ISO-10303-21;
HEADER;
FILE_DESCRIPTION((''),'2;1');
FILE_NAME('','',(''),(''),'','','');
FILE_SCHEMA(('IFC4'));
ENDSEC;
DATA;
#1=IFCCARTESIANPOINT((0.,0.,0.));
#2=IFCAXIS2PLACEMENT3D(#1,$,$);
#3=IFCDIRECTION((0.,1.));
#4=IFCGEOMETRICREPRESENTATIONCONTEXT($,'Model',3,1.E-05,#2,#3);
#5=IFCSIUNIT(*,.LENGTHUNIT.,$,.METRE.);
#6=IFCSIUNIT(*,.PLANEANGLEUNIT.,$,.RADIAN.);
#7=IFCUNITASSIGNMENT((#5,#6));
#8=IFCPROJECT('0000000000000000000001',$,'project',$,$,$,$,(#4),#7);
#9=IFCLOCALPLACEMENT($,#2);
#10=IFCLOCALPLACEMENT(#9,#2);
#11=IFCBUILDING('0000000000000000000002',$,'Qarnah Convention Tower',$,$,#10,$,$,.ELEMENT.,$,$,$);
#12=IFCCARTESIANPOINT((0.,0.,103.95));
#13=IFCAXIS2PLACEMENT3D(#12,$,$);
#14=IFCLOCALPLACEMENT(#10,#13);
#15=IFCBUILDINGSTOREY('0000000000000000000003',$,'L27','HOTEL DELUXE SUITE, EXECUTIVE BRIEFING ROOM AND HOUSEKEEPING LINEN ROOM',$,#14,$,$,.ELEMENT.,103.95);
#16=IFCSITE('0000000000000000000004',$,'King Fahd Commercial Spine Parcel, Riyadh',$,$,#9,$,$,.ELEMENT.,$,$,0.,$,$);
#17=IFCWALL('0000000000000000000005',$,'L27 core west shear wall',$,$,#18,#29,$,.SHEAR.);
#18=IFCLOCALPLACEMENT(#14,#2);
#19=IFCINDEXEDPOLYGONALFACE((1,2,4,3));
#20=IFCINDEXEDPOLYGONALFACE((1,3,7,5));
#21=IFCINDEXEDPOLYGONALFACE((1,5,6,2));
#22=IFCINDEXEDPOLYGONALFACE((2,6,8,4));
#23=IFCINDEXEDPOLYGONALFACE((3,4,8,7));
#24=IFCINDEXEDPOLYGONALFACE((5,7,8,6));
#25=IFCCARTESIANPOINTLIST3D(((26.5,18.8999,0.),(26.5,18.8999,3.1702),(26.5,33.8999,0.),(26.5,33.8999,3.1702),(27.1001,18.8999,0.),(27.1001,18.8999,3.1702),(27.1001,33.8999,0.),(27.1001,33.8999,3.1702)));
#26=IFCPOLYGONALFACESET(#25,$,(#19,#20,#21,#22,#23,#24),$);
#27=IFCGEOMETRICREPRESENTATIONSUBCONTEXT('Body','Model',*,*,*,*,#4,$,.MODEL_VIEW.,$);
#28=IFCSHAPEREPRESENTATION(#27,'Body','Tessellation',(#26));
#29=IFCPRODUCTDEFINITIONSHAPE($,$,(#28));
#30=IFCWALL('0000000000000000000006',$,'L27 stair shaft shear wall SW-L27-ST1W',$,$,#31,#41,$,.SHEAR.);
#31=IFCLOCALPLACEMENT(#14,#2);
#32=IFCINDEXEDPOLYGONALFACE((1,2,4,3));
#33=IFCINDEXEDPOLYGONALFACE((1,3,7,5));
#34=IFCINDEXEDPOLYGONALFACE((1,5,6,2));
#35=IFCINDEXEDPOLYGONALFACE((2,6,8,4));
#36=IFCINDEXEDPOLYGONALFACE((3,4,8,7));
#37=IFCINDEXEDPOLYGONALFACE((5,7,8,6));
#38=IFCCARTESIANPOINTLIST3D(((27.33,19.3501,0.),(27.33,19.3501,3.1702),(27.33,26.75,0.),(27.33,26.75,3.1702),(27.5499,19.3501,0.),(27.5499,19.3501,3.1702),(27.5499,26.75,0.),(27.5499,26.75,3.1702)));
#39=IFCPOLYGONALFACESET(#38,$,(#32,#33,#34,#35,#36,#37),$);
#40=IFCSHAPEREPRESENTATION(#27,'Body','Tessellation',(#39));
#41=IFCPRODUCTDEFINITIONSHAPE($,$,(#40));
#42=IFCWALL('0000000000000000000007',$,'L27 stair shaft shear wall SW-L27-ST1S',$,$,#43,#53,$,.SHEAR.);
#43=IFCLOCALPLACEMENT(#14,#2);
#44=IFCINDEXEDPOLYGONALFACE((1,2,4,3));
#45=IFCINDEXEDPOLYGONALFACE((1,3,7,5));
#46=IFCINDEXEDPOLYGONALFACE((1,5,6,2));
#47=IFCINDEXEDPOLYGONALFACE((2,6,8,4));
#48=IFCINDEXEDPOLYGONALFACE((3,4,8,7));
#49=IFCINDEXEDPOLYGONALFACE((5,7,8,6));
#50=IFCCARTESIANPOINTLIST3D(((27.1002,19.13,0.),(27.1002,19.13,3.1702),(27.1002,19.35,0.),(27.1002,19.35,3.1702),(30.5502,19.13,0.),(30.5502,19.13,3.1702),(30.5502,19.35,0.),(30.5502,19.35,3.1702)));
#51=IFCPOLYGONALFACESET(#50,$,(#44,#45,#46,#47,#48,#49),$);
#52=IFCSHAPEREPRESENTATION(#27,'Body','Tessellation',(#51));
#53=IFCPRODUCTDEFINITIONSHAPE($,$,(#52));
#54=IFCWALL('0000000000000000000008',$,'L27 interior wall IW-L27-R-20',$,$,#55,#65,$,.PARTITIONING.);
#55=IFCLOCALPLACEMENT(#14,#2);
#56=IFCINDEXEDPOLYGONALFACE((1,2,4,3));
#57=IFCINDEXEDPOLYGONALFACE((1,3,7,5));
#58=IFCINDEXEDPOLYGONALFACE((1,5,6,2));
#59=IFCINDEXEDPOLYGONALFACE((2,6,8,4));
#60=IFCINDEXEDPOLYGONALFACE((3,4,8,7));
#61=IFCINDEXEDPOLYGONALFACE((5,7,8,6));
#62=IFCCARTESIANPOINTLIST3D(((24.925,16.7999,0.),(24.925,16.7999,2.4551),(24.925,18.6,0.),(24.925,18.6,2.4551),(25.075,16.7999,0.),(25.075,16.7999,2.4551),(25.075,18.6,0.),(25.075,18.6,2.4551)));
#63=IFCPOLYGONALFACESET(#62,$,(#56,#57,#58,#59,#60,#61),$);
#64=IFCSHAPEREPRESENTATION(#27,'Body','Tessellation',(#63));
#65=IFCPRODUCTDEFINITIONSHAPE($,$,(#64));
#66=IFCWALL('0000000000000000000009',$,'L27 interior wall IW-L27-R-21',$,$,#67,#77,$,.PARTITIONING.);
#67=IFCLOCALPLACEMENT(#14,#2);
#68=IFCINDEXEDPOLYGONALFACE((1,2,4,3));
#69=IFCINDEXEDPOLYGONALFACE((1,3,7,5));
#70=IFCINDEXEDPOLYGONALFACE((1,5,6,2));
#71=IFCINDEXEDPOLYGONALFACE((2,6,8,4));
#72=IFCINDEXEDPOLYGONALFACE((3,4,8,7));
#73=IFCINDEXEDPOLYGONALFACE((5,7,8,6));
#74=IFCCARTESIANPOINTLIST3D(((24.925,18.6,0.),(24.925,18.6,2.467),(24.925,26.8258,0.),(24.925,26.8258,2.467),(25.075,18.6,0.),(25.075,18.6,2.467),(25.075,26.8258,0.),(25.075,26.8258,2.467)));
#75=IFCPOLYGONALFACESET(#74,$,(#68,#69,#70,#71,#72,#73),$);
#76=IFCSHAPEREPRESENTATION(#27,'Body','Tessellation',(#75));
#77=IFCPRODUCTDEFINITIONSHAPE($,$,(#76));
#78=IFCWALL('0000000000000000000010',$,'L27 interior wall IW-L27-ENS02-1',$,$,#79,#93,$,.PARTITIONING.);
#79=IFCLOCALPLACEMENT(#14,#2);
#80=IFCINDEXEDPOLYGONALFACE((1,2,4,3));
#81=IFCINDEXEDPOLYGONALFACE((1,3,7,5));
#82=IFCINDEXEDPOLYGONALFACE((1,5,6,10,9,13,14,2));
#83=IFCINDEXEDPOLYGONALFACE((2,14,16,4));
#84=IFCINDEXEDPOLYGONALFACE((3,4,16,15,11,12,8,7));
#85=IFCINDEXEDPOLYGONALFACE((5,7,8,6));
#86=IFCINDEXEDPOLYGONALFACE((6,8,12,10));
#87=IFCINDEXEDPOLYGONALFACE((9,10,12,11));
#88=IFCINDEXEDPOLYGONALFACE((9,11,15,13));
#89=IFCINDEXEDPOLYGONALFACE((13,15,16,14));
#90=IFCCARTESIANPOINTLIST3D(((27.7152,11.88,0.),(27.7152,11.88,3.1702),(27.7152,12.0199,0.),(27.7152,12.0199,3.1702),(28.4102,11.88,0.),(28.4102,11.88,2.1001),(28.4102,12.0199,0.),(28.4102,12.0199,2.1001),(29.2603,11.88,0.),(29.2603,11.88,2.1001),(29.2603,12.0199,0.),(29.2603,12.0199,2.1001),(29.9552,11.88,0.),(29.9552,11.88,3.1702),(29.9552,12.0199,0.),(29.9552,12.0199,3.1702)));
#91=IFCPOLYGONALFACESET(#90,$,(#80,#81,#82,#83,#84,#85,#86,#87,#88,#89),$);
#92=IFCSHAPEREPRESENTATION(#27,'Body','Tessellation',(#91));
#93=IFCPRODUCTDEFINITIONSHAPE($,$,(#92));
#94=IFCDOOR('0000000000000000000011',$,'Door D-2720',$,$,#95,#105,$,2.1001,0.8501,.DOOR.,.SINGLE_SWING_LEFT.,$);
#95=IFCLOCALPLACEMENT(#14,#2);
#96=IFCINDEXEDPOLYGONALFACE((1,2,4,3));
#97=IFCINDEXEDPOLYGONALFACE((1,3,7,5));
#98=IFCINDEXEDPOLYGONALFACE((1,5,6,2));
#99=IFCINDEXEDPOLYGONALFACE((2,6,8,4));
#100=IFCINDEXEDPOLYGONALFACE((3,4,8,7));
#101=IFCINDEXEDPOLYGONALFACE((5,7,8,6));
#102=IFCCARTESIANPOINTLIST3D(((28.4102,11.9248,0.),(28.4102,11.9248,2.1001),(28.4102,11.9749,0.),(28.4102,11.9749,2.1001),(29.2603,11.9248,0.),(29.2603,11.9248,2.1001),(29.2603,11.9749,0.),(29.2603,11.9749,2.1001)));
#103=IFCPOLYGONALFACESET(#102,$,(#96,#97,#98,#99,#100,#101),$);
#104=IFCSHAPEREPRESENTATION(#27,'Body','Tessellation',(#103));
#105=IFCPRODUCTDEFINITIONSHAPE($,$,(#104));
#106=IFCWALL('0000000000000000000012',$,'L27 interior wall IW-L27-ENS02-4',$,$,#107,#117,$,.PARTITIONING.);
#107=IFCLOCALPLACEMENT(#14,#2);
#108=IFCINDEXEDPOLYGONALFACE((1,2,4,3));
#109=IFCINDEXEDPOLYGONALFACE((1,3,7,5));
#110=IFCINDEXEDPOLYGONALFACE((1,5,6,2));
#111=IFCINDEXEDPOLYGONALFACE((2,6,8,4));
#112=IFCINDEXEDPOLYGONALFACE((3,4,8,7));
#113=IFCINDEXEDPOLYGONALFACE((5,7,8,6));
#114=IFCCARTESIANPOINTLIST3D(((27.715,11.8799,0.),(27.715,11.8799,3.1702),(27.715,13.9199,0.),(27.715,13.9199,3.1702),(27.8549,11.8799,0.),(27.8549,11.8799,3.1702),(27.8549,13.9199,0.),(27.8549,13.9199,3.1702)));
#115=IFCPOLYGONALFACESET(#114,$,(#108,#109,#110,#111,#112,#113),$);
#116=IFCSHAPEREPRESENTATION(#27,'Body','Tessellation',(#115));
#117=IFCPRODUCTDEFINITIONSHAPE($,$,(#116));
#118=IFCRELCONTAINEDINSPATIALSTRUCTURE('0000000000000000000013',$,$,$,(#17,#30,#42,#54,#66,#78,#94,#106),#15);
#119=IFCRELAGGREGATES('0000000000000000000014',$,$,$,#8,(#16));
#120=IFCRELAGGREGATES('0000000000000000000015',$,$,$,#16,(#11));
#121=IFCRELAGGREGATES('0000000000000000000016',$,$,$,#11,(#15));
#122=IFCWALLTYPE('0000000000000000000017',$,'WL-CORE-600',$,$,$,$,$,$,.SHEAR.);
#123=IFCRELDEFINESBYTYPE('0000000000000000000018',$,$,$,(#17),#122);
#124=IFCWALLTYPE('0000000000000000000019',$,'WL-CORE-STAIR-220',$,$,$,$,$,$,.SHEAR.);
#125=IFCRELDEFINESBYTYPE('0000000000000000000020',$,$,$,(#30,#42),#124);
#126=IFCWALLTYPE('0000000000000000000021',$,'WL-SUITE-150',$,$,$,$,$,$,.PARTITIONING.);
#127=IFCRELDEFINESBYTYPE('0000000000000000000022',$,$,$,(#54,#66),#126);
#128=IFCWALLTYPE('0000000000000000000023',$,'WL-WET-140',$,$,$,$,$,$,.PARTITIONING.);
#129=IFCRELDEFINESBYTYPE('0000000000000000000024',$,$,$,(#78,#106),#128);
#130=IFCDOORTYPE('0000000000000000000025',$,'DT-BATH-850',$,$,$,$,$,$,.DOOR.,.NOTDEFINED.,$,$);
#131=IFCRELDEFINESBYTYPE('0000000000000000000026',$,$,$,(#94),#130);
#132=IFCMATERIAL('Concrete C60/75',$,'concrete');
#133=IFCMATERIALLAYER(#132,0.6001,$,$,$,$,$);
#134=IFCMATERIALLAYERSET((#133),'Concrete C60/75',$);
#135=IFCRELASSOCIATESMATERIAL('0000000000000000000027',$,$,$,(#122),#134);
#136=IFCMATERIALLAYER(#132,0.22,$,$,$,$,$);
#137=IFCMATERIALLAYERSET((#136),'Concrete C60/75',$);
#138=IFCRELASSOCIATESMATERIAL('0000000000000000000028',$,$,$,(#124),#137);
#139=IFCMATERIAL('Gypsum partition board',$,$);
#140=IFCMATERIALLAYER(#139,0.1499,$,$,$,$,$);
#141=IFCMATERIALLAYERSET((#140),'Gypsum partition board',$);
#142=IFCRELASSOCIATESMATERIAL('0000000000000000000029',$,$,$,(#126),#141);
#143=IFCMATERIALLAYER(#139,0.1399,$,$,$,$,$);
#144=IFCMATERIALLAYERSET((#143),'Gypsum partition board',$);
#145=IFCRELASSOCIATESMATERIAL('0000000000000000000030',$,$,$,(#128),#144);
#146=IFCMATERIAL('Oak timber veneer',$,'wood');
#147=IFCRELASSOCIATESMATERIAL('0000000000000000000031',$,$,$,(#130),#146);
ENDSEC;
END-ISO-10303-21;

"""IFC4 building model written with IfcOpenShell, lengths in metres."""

from ifc_helpers import new_model, si_unit, direction, frame, frame_2d, origin, place, context, subcontext, project, spatial, rectangle, extrude, material, layer, layer_set, type_object, element, fill, save


model = new_model("IFC4")

# Units and contexts
model_context = context("Model", 3, precision=1e-05, world=origin(), true_north=direction((0.0, 1.0)))
body_context = subcontext(model_context, "Body", "Model", "MODEL_VIEW")
ifc_project = project(units=[si_unit("LENGTHUNIT", "METRE"), si_unit("PLANEANGLEUNIT", "RADIAN")], contexts=[model_context])

# Site, building, storey
site_placement = place(None, origin())
site = spatial("IfcSite", under=ifc_project, at=site_placement, Name="King Fahd Commercial Spine Parcel, Riyadh", CompositionType="ELEMENT", RefElevation=0.0)
building_placement = place(site_placement, origin())
building = spatial("IfcBuilding", under=site, at=building_placement, Name="Qarnah Convention Tower", CompositionType="ELEMENT")
storey_placement = place(building_placement, frame((0.0, 0.0, 103.95)))
storey = spatial("IfcBuildingStorey", under=building, at=storey_placement, Name="L27", Description="HOTEL DELUXE SUITE, EXECUTIVE BRIEFING ROOM AND HOUSEKEEPING LINEN ROOM", CompositionType="ELEMENT", Elevation=103.95)

# Shared definitions
ifc_material_1 = material(Name="Concrete C60/75", Category="concrete")

# Shared definitions
ifc_layer_1 = layer(ifc_material_1, 0.6001)
ifc_layer_set_1 = layer_set([ifc_layer_1], Name="Concrete C60/75")
wall_type_1 = type_object("IfcWallType", Name="WL-CORE-600", PredefinedType="SHEAR", material=ifc_layer_set_1)

# Walls
wall_1_placement = place(storey_placement, frame((26.8, 18.8999, 0.0), z_axis=(0.0, 0.0, 1.0), x_axis=(0.0, 1.0, 0.0)))
element("IfcWall", 1, at=wall_1_placement, inside=storey, type_object=wall_type_1, Name="L27 core west shear wall", PredefinedType="SHEAR", context=body_context, shape_type="SweptSolid", body=[
    extrude(rectangle(XDim=15.0, YDim=0.6001, at=frame_2d((7.5, 0.0))), origin(), (0.0, 0.0, 1.0), 3.1702),
])
ifc_layer_2 = layer(ifc_material_1, 0.22)
ifc_layer_set_2 = layer_set([ifc_layer_2], Name="Concrete C60/75")
wall_type_2 = type_object("IfcWallType", Name="WL-CORE-STAIR-220", PredefinedType="SHEAR", material=ifc_layer_set_2)
wall_2_placement = place(storey_placement, frame((27.4399, 19.3501, 0.0), z_axis=(0.0, 0.0, 1.0), x_axis=(0.0, 1.0, 0.0)))
element("IfcWall", 2, at=wall_2_placement, inside=storey, type_object=wall_type_2, Name="L27 stair shaft shear wall SW-L27-ST1W", PredefinedType="SHEAR", context=body_context, shape_type="SweptSolid", body=[
    extrude(rectangle(XDim=7.3999, YDim=0.22, at=frame_2d((3.7, 0.0))), origin(), (0.0, 0.0, 1.0), 3.1702),
])
wall_3_placement = place(storey_placement, frame((27.1001, 19.24, 0.0), z_axis=(0.0, 0.0, 1.0), x_axis=(1.0, 0.0, 0.0)))
element("IfcWall", 3, at=wall_3_placement, inside=storey, type_object=wall_type_2, Name="L27 stair shaft shear wall SW-L27-ST1S", PredefinedType="SHEAR", context=body_context, shape_type="SweptSolid", body=[
    extrude(rectangle(XDim=3.45, YDim=0.22, at=frame_2d((1.7251, 0.0))), origin(), (0.0, 0.0, 1.0), 3.1702),
])
ifc_material_2 = material(Name="Gypsum partition board")
ifc_layer_3 = layer(ifc_material_2, 0.1499)
ifc_layer_set_3 = layer_set([ifc_layer_3], Name="Gypsum partition board")
wall_type_3 = type_object("IfcWallType", Name="WL-SUITE-150", PredefinedType="PARTITIONING", material=ifc_layer_set_3)
wall_4_placement = place(storey_placement, frame((25.0, 16.8, 0.0), z_axis=(0.0, 0.0, 1.0), x_axis=(0.0, 1.0, 0.0)))
element("IfcWall", 4, at=wall_4_placement, inside=storey, type_object=wall_type_3, Name="L27 interior wall IW-L27-R-20", PredefinedType="PARTITIONING", context=body_context, shape_type="SweptSolid", body=[
    extrude(rectangle(XDim=1.8, YDim=0.1499, at=frame_2d((0.8999, 0.0))), origin(), (0.0, 0.0, 1.0), 2.4551),
])
wall_5_placement = place(storey_placement, frame((25.0, 18.6001, 0.0), z_axis=(0.0, 0.0, 1.0), x_axis=(0.0, 1.0, 0.0)))
element("IfcWall", 5, at=wall_5_placement, inside=storey, type_object=wall_type_3, Name="L27 interior wall IW-L27-R-21", PredefinedType="PARTITIONING", context=body_context, shape_type="SweptSolid", body=[
    extrude(rectangle(XDim=8.2258, YDim=0.1499, at=frame_2d((4.1128, 0.0))), origin(), (0.0, 0.0, 1.0), 2.467),
])

# Wall, opening, door
ifc_layer_4 = layer(ifc_material_2, 0.1399)
ifc_layer_set_4 = layer_set([ifc_layer_4], Name="Gypsum partition board")
wall_type_4 = type_object("IfcWallType", Name="WL-WET-140", PredefinedType="PARTITIONING", material=ifc_layer_set_4)
wall_6_placement = place(storey_placement, frame((27.7151, 11.95, 0.0), z_axis=(0.0, 0.0, 1.0), x_axis=(1.0, 0.0, 0.0)))
wall_6 = element("IfcWall", 6, at=wall_6_placement, inside=storey, type_object=wall_type_4, Name="L27 interior wall IW-L27-ENS02-1", PredefinedType="PARTITIONING", context=body_context, shape_type="SweptSolid", body=[
    extrude(rectangle(XDim=2.24, YDim=0.1399, at=frame_2d((1.1201, 0.0))), origin(), (0.0, 0.0, 1.0), 3.1702),
])
opening_1_placement = place(wall_6_placement, frame((0.6951, 0.0, 0.0)))
opening_1 = element("IfcOpeningElement", 7, at=opening_1_placement, cuts=wall_6, PredefinedType="OPENING", context=body_context, shape_type="SweptSolid", body=[
    extrude(rectangle(XDim=0.8501, YDim=2.1001, at=frame_2d((0.425, 1.05))), frame((0.0, 0.0798, 0.0), z_axis=(0.0, -1.0, 0.0), x_axis=(1.0, 0.0, 0.0)), (0.0, 0.0, 1.0), 0.1599),
])
ifc_material_3 = material(Name="Oak timber veneer", Category="wood")
door_type_1 = type_object("IfcDoorType", Name="DT-BATH-850", OperationType="NOTDEFINED", PredefinedType="DOOR", material=ifc_material_3)
door_1_placement = place(opening_1_placement, origin())
door_1 = element("IfcDoor", 8, at=door_1_placement, inside=storey, type_object=door_type_1, Name="Door D-2720", OperationType="SINGLE_SWING_LEFT", OverallHeight=2.1001, OverallWidth=0.8501, PredefinedType="DOOR", context=body_context, shape_type="SweptSolid", body=[
    extrude(rectangle(XDim=0.8501, YDim=2.1001, at=frame_2d((0.425, 1.05))), frame((0.0, 0.0249, 0.0), z_axis=(0.0, -1.0, 0.0), x_axis=(1.0, 0.0, 0.0)), (0.0, 0.0, 1.0), 0.05),
])
fill(opening_1, door_1)

# Wall
wall_7_placement = place(storey_placement, frame((27.7849, 13.9199, 0.0), z_axis=(0.0, 0.0, 1.0), x_axis=(0.0, -1.0, 0.0)))
element("IfcWall", 9, at=wall_7_placement, inside=storey, type_object=wall_type_4, Name="L27 interior wall IW-L27-ENS02-4", PredefinedType="PARTITIONING", context=body_context, shape_type="SweptSolid", body=[
    extrude(rectangle(XDim=2.04, YDim=0.1399, at=frame_2d((1.02, 0.0))), origin(), (0.0, 0.0, 1.0), 3.1702),
])

save(model, "model.ifc")
